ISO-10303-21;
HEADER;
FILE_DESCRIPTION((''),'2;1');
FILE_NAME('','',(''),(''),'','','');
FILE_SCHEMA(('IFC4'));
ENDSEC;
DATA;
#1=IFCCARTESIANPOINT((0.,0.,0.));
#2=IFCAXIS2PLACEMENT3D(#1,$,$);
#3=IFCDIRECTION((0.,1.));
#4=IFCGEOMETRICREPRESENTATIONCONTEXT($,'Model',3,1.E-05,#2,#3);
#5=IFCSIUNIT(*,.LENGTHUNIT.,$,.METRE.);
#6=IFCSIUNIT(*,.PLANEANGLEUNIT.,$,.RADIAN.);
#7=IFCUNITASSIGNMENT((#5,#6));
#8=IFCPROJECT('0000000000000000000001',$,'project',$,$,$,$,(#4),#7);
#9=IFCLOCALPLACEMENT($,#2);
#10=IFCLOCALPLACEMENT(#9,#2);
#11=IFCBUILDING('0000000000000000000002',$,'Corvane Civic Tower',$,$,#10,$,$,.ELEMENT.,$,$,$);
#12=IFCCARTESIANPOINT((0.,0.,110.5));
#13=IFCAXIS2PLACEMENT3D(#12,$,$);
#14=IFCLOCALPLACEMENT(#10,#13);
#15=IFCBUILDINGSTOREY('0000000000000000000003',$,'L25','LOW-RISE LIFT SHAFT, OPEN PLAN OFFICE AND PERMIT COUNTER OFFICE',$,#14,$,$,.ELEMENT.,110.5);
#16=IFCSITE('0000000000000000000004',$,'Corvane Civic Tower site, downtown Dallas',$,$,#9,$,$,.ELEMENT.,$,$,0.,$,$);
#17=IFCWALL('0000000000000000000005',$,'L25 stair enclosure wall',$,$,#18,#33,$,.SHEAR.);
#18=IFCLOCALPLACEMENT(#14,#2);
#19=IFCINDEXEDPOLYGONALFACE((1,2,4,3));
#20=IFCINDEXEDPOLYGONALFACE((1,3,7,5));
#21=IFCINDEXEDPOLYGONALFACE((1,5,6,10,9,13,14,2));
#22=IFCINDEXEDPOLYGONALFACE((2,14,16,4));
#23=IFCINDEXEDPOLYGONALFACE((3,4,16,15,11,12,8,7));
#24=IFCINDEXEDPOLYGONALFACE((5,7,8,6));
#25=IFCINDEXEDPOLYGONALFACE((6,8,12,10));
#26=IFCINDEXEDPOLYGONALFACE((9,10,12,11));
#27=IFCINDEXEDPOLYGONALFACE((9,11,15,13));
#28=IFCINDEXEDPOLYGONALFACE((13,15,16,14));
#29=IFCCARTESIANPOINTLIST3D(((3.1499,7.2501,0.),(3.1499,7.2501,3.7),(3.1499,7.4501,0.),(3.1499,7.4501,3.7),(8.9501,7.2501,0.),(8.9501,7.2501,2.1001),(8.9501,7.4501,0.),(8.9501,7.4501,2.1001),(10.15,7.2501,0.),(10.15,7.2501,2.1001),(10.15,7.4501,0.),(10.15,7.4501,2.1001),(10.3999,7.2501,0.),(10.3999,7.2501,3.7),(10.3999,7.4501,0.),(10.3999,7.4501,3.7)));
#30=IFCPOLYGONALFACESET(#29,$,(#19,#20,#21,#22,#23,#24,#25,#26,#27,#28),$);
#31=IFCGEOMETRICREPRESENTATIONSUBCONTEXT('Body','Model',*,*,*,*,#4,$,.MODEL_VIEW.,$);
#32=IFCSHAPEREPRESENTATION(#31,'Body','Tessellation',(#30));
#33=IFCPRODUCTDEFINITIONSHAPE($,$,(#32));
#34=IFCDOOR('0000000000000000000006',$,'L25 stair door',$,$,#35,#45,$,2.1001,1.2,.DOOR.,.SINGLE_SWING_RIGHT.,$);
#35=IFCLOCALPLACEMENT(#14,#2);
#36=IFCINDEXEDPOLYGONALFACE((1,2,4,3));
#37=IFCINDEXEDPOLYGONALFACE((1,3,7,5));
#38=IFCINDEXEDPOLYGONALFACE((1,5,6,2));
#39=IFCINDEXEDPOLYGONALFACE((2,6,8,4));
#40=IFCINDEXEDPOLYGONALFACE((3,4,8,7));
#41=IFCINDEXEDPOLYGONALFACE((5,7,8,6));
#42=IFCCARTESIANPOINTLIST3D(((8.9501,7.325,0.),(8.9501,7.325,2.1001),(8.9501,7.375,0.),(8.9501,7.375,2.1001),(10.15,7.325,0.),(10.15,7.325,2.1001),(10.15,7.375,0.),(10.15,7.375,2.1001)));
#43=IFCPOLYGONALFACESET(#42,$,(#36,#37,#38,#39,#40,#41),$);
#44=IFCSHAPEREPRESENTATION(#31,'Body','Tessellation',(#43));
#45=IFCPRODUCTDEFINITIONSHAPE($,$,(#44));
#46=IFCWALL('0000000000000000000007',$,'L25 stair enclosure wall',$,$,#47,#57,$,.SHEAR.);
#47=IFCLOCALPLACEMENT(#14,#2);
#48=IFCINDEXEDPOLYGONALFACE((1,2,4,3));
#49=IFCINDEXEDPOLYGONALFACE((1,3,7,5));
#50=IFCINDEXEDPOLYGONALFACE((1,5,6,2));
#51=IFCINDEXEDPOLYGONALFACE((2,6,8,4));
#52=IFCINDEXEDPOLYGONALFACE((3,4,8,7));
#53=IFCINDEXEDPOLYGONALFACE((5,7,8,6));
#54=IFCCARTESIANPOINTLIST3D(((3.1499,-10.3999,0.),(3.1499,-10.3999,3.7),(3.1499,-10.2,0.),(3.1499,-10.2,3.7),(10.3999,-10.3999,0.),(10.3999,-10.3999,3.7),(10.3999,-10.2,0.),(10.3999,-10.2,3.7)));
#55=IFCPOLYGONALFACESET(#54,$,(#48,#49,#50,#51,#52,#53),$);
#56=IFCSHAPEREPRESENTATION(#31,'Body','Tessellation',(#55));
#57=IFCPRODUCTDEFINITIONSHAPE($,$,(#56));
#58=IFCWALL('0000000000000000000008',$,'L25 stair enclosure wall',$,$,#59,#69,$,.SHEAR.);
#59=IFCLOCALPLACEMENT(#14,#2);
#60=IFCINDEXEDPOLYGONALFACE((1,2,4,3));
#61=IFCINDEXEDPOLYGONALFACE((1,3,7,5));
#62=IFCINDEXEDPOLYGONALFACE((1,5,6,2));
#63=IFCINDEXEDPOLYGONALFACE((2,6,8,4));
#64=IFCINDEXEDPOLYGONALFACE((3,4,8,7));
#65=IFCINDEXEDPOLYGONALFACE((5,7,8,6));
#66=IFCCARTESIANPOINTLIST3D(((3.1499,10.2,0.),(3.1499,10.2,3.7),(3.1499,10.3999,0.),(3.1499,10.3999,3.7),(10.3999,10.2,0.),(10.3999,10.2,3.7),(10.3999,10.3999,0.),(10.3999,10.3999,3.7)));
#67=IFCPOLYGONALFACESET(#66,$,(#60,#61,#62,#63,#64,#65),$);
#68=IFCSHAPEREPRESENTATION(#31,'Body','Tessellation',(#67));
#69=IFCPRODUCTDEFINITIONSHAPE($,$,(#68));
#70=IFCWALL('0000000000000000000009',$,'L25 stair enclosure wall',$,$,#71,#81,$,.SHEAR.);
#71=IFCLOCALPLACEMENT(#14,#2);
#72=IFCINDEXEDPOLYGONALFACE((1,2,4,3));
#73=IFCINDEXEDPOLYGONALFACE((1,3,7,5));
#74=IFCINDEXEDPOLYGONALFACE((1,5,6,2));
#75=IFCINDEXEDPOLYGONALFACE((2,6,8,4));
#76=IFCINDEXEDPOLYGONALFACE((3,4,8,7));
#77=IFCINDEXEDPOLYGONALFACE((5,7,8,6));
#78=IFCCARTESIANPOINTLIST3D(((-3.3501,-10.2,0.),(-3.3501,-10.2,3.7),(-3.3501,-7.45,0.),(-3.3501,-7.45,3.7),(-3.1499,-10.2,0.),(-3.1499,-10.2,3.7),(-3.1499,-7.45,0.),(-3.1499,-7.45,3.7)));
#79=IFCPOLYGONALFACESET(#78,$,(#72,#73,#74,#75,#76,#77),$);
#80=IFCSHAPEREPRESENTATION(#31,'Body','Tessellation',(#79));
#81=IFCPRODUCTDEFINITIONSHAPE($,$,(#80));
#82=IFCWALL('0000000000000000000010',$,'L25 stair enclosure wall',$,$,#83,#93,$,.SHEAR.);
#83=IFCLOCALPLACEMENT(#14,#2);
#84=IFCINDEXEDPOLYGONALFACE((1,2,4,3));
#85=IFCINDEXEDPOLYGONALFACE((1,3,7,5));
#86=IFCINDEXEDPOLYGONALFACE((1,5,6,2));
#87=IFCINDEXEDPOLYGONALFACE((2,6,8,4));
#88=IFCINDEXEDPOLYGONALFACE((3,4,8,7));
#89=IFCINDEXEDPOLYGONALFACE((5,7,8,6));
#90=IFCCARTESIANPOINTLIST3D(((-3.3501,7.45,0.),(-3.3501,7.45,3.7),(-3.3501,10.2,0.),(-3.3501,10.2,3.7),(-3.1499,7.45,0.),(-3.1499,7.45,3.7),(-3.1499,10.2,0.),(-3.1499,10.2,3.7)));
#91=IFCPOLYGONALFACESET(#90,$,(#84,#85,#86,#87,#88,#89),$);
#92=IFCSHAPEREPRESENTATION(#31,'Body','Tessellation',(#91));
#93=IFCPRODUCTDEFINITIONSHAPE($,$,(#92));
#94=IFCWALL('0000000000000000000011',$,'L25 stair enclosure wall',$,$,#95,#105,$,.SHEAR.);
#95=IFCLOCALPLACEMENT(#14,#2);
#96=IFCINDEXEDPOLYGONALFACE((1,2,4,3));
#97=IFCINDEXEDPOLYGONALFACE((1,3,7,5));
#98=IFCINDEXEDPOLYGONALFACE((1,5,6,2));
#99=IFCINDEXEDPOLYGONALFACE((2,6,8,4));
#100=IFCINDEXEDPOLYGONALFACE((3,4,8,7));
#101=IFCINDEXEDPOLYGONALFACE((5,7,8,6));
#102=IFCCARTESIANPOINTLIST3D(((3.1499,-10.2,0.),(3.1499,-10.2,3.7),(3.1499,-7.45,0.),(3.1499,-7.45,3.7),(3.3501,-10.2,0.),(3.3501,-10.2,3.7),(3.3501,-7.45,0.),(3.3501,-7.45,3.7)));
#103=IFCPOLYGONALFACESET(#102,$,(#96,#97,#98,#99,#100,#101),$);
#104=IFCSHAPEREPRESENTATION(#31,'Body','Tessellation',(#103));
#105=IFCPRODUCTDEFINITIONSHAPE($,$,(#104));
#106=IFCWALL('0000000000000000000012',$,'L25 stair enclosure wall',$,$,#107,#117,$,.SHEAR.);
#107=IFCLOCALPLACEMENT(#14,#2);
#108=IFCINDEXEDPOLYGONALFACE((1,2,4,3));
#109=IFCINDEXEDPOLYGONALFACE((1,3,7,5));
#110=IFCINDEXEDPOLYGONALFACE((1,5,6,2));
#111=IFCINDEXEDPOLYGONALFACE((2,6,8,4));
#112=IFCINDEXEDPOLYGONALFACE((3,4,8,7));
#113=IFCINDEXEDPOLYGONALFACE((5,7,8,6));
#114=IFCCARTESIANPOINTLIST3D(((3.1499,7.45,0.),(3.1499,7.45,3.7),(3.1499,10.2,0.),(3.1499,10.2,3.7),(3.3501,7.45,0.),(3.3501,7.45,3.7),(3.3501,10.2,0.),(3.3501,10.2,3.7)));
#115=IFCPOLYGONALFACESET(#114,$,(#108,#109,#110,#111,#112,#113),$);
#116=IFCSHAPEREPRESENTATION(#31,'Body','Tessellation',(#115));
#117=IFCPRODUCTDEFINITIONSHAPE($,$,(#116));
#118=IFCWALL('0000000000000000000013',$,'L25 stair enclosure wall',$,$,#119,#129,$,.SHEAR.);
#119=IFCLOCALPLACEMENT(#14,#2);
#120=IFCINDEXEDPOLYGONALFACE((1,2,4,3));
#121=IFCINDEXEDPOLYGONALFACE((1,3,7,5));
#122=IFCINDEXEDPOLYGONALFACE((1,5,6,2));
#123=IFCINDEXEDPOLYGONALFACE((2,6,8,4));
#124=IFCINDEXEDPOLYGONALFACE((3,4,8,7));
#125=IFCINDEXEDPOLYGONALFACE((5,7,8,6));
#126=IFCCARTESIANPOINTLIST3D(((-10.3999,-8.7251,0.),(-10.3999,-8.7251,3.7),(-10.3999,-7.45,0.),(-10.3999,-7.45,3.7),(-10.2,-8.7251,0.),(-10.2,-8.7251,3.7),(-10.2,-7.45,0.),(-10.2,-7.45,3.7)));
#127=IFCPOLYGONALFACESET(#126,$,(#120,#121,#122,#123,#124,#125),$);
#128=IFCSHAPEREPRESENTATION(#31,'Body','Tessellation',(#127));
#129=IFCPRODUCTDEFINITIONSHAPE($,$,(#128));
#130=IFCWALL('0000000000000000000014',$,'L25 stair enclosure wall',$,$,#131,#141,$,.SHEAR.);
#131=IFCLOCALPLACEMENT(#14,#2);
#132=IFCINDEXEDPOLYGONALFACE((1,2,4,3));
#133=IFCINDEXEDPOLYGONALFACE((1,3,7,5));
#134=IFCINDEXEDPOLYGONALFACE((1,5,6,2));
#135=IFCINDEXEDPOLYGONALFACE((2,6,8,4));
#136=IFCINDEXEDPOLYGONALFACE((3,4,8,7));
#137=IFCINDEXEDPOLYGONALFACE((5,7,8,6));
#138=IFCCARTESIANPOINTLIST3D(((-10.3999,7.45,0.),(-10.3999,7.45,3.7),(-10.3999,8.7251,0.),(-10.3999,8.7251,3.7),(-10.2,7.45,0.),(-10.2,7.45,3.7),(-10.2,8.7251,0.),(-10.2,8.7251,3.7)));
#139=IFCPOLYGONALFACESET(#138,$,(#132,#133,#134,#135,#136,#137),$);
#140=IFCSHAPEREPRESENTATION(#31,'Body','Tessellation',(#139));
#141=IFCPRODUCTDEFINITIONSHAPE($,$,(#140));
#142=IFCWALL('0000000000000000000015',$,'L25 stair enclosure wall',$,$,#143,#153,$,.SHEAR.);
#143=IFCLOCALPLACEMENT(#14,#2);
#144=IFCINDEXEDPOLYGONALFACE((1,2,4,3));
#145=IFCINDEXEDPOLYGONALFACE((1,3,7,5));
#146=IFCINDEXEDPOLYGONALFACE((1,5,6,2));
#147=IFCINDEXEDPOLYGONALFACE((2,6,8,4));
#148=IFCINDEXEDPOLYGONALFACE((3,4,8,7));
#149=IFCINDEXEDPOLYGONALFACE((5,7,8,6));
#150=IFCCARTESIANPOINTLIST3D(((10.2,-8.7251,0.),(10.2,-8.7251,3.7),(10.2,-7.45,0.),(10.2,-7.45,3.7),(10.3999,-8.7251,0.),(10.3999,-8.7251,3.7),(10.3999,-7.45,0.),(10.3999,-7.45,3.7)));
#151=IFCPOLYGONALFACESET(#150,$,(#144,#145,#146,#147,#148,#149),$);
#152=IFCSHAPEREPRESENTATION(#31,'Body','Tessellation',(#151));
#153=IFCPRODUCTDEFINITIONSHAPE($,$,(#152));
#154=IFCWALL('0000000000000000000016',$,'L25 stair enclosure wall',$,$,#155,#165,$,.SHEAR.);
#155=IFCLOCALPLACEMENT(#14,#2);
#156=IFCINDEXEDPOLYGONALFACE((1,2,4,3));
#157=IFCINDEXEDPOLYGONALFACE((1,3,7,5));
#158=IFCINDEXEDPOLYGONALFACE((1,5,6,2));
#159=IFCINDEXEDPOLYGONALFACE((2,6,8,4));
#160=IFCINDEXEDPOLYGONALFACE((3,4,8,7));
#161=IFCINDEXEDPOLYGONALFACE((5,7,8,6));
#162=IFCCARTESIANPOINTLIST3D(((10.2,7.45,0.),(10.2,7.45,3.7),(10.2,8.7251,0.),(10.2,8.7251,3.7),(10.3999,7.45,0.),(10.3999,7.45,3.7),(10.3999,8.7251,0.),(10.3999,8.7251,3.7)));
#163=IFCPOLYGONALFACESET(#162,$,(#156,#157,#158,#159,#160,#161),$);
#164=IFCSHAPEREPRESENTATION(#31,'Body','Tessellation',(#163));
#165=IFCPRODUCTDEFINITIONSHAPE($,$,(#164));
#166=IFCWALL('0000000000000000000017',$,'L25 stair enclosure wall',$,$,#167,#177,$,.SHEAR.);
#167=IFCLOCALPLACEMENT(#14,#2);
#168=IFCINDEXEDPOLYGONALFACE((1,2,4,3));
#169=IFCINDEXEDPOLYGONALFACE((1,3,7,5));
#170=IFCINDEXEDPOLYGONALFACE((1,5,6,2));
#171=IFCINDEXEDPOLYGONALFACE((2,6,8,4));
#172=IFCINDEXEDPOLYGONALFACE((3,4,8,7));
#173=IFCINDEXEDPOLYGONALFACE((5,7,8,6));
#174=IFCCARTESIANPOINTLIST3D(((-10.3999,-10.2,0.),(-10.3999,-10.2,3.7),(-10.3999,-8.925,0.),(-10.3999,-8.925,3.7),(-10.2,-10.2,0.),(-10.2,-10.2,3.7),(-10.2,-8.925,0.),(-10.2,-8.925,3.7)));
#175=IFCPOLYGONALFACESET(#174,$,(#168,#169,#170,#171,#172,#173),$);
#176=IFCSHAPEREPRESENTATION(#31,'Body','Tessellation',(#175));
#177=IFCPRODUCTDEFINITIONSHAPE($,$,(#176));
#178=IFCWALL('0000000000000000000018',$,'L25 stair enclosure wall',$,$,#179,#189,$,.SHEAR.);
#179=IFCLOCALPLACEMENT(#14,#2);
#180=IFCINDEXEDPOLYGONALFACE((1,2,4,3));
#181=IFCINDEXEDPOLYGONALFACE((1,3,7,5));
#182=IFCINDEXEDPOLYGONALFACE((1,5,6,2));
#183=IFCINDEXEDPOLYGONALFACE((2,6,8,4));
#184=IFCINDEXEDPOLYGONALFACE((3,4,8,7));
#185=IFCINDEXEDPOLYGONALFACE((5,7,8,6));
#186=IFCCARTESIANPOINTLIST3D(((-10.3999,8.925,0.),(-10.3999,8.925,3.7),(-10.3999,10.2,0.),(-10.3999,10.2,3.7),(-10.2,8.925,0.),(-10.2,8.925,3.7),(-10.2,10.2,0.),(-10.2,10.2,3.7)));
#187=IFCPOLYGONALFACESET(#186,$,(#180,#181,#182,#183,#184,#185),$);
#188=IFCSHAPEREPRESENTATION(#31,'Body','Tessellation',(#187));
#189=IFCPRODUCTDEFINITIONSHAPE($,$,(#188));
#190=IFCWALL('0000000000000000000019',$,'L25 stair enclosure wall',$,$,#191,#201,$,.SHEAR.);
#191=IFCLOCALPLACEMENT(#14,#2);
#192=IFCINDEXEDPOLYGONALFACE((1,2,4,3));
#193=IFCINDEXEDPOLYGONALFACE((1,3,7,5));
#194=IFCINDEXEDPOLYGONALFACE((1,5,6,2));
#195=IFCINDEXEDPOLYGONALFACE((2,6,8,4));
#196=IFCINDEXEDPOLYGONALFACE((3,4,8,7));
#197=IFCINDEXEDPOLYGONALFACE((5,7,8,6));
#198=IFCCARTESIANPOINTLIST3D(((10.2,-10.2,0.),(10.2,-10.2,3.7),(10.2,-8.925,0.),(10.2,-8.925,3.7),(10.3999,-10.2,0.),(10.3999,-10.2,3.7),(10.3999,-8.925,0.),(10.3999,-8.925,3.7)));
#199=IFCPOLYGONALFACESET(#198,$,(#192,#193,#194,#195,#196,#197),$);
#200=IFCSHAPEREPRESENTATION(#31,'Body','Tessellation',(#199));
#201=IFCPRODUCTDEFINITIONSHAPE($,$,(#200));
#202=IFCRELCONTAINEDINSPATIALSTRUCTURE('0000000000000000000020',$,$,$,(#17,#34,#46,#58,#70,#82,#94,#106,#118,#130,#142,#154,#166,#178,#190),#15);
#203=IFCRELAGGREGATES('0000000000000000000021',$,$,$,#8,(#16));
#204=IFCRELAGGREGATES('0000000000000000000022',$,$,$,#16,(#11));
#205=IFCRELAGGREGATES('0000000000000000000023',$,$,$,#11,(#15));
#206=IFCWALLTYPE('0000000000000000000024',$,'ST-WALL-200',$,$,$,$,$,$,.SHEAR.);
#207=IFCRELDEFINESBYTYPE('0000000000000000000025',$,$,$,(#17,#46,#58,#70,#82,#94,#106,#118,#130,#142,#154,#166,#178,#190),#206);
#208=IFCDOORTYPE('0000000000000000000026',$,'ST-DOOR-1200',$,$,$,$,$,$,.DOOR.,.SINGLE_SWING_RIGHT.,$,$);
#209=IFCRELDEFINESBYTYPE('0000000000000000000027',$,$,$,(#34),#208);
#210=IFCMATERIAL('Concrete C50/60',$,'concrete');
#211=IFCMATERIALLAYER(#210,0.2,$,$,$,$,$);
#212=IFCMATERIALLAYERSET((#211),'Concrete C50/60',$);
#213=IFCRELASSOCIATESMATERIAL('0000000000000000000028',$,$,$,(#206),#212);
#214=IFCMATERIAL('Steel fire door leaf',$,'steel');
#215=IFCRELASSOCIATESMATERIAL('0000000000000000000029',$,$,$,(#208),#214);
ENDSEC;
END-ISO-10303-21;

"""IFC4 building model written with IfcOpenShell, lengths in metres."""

from ifc_helpers import new_model, si_unit, direction, frame, frame_2d, origin, place, context, subcontext, project, spatial, polyline, rectangle, outline, extrude, material, layer, layer_set, type_object, element, fill, save


model = new_model("IFC4")

# Units and contexts
model_context = context("Model", 3, precision=1e-05, world=origin(), true_north=direction((0.0, 1.0)))
body_context = subcontext(model_context, "Body", "Model", "MODEL_VIEW")
ifc_project = project(units=[si_unit("LENGTHUNIT", "METRE"), si_unit("PLANEANGLEUNIT", "RADIAN")], contexts=[model_context])

# Site, building, storey
site_placement = place(None, origin())
site = spatial("IfcSite", under=ifc_project, at=site_placement, Name="Corvane Civic Tower site, downtown Dallas", CompositionType="ELEMENT", RefElevation=0.0)
building_placement = place(site_placement, origin())
building = spatial("IfcBuilding", under=site, at=building_placement, Name="Corvane Civic Tower", CompositionType="ELEMENT")
storey_placement = place(building_placement, frame((0.0, 0.0, 110.5)))
storey = spatial("IfcBuildingStorey", under=building, at=storey_placement, Name="L25", Description="LOW-RISE LIFT SHAFT, OPEN PLAN OFFICE AND PERMIT COUNTER OFFICE", CompositionType="ELEMENT", Elevation=110.5)

# Wall, opening, door
ifc_material_1 = material(Name="Concrete C50/60", Category="concrete")
ifc_layer = layer(ifc_material_1, 0.2)
ifc_layer_set = layer_set([ifc_layer], Name="Concrete C50/60")
wall_type = type_object("IfcWallType", Name="ST-WALL-200", PredefinedType="SHEAR", material=ifc_layer_set)
wall_1_placement = place(storey_placement, frame((3.1499, 7.3501, 0.0), z_axis=(0.0, 0.0, 1.0), x_axis=(1.0, 0.0, 0.0)))
wall_1 = element("IfcWall", 1, at=wall_1_placement, inside=storey, type_object=wall_type, Name="L25 stair enclosure wall", PredefinedType="SHEAR", context=body_context, shape_type="SweptSolid", body=[
    extrude(rectangle(XDim=7.25, YDim=0.2, at=frame_2d((3.625, 0.0))), origin(), (0.0, 0.0, 1.0), 3.7),
])
opening_placement = place(wall_1_placement, frame((5.8, 0.0, 0.0)))
opening = element("IfcOpeningElement", 2, at=opening_placement, cuts=wall_1, PredefinedType="OPENING", context=body_context, shape_type="SweptSolid", body=[
    extrude(rectangle(XDim=1.2, YDim=2.1001, at=frame_2d((0.6001, 1.05))), frame((0.0, 0.1099, 0.0), z_axis=(0.0, -1.0, 0.0), x_axis=(1.0, 0.0, 0.0)), (0.0, 0.0, 1.0), 0.22),
])
ifc_material_2 = material(Name="Steel fire door leaf", Category="steel")
door_type = type_object("IfcDoorType", Name="ST-DOOR-1200", OperationType="SINGLE_SWING_RIGHT", PredefinedType="DOOR", material=ifc_material_2)
door_placement = place(opening_placement, origin())
door = element("IfcDoor", 3, at=door_placement, inside=storey, type_object=door_type, Name="L25 stair door", OperationType="SINGLE_SWING_RIGHT", OverallHeight=2.1001, OverallWidth=1.2, PredefinedType="DOOR", context=body_context, shape_type="SweptSolid", body=[
    extrude(rectangle(XDim=1.2, YDim=2.1001, at=frame_2d((0.6001, 1.05))), frame((0.0, 0.0249, 0.0), z_axis=(0.0, -1.0, 0.0), x_axis=(1.0, 0.0, 0.0)), (0.0, 0.0, 1.0), 0.05),
])
fill(opening, door)

# Walls
wall_2_placement = place(storey_placement, origin())
element("IfcWall", 4, at=wall_2_placement, inside=storey, type_object=wall_type, Name="L25 stair enclosure wall", PredefinedType="SHEAR", context=body_context, shape_type="SweptSolid", body=[
    extrude(outline(polyline([(10.3999, -10.3999), (3.1499, -10.3999), (3.1499, -10.2), (10.3999, -10.2), (10.3999, -10.3999)])), origin(), (0.0, 0.0, 1.0), 3.7),
])
wall_3_placement = place(storey_placement, origin())
element("IfcWall", 5, at=wall_3_placement, inside=storey, type_object=wall_type, Name="L25 stair enclosure wall", PredefinedType="SHEAR", context=body_context, shape_type="SweptSolid", body=[
    extrude(outline(polyline([(10.3999, 10.2), (3.1499, 10.2), (3.1499, 10.3999), (10.3999, 10.3999), (10.3999, 10.2)])), origin(), (0.0, 0.0, 1.0), 3.7),
])
wall_4_placement = place(storey_placement, origin())
element("IfcWall", 6, at=wall_4_placement, inside=storey, type_object=wall_type, Name="L25 stair enclosure wall", PredefinedType="SHEAR", context=body_context, shape_type="SweptSolid", body=[
    extrude(outline(polyline([(-3.1499, -7.45), (-3.1499, -10.2), (-3.3501, -10.2), (-3.3501, -7.45), (-3.1499, -7.45)])), origin(), (0.0, 0.0, 1.0), 3.7),
])
wall_5_placement = place(storey_placement, origin())
element("IfcWall", 7, at=wall_5_placement, inside=storey, type_object=wall_type, Name="L25 stair enclosure wall", PredefinedType="SHEAR", context=body_context, shape_type="SweptSolid", body=[
    extrude(outline(polyline([(-3.1499, 7.45), (-3.3501, 7.45), (-3.3501, 10.2), (-3.1499, 10.2), (-3.1499, 7.45)])), origin(), (0.0, 0.0, 1.0), 3.7),
])
wall_6_placement = place(storey_placement, origin())
element("IfcWall", 8, at=wall_6_placement, inside=storey, type_object=wall_type, Name="L25 stair enclosure wall", PredefinedType="SHEAR", context=body_context, shape_type="SweptSolid", body=[
    extrude(outline(polyline([(3.3501, -7.45), (3.3501, -10.2), (3.1499, -10.2), (3.1499, -7.45), (3.3501, -7.45)])), origin(), (0.0, 0.0, 1.0), 3.7),
])
wall_7_placement = place(storey_placement, origin())
element("IfcWall", 9, at=wall_7_placement, inside=storey, type_object=wall_type, Name="L25 stair enclosure wall", PredefinedType="SHEAR", context=body_context, shape_type="SweptSolid", body=[
    extrude(outline(polyline([(3.3501, 7.45), (3.1499, 7.45), (3.1499, 10.2), (3.3501, 10.2), (3.3501, 7.45)])), origin(), (0.0, 0.0, 1.0), 3.7),
])
wall_8_placement = place(storey_placement, origin())
element("IfcWall", 10, at=wall_8_placement, inside=storey, type_object=wall_type, Name="L25 stair enclosure wall", PredefinedType="SHEAR", context=body_context, shape_type="SweptSolid", body=[
    extrude(outline(polyline([(-10.2, -7.45), (-10.2, -8.7251), (-10.3999, -8.7251), (-10.3999, -7.45), (-10.2, -7.45)])), origin(), (0.0, 0.0, 1.0), 3.7),
])
wall_9_placement = place(storey_placement, origin())
element("IfcWall", 11, at=wall_9_placement, inside=storey, type_object=wall_type, Name="L25 stair enclosure wall", PredefinedType="SHEAR", context=body_context, shape_type="SweptSolid", body=[
    extrude(outline(polyline([(-10.2, 8.7251), (-10.2, 7.45), (-10.3999, 7.45), (-10.3999, 8.7251), (-10.2, 8.7251)])), origin(), (0.0, 0.0, 1.0), 3.7),
])
wall_10_placement = place(storey_placement, origin())
element("IfcWall", 12, at=wall_10_placement, inside=storey, type_object=wall_type, Name="L25 stair enclosure wall", PredefinedType="SHEAR", context=body_context, shape_type="SweptSolid", body=[
    extrude(outline(polyline([(10.3999, -7.45), (10.3999, -8.7251), (10.2, -8.7251), (10.2, -7.45), (10.3999, -7.45)])), origin(), (0.0, 0.0, 1.0), 3.7),
])
wall_11_placement = place(storey_placement, origin())
element("IfcWall", 13, at=wall_11_placement, inside=storey, type_object=wall_type, Name="L25 stair enclosure wall", PredefinedType="SHEAR", context=body_context, shape_type="SweptSolid", body=[
    extrude(outline(polyline([(10.3999, 8.7251), (10.3999, 7.45), (10.2, 7.45), (10.2, 8.7251), (10.3999, 8.7251)])), origin(), (0.0, 0.0, 1.0), 3.7),
])
wall_12_placement = place(storey_placement, origin())
element("IfcWall", 14, at=wall_12_placement, inside=storey, type_object=wall_type, Name="L25 stair enclosure wall", PredefinedType="SHEAR", context=body_context, shape_type="SweptSolid", body=[
    extrude(outline(polyline([(-10.2, -8.925), (-10.2, -10.2), (-10.3999, -10.2), (-10.3999, -8.925), (-10.2, -8.925)])), origin(), (0.0, 0.0, 1.0), 3.7),
])
wall_13_placement = place(storey_placement, origin())
element("IfcWall", 15, at=wall_13_placement, inside=storey, type_object=wall_type, Name="L25 stair enclosure wall", PredefinedType="SHEAR", context=body_context, shape_type="SweptSolid", body=[
    extrude(outline(polyline([(-10.2, 8.925), (-10.3999, 8.925), (-10.3999, 10.2), (-10.2, 10.2), (-10.2, 8.925)])), origin(), (0.0, 0.0, 1.0), 3.7),
])
wall_14_placement = place(storey_placement, origin())
element("IfcWall", 16, at=wall_14_placement, inside=storey, type_object=wall_type, Name="L25 stair enclosure wall", PredefinedType="SHEAR", context=body_context, shape_type="SweptSolid", body=[
    extrude(outline(polyline([(10.3999, -8.925), (10.3999, -10.2), (10.2, -10.2), (10.2, -8.925), (10.3999, -8.925)])), origin(), (0.0, 0.0, 1.0), 3.7),
])

save(model, "model.ifc")
